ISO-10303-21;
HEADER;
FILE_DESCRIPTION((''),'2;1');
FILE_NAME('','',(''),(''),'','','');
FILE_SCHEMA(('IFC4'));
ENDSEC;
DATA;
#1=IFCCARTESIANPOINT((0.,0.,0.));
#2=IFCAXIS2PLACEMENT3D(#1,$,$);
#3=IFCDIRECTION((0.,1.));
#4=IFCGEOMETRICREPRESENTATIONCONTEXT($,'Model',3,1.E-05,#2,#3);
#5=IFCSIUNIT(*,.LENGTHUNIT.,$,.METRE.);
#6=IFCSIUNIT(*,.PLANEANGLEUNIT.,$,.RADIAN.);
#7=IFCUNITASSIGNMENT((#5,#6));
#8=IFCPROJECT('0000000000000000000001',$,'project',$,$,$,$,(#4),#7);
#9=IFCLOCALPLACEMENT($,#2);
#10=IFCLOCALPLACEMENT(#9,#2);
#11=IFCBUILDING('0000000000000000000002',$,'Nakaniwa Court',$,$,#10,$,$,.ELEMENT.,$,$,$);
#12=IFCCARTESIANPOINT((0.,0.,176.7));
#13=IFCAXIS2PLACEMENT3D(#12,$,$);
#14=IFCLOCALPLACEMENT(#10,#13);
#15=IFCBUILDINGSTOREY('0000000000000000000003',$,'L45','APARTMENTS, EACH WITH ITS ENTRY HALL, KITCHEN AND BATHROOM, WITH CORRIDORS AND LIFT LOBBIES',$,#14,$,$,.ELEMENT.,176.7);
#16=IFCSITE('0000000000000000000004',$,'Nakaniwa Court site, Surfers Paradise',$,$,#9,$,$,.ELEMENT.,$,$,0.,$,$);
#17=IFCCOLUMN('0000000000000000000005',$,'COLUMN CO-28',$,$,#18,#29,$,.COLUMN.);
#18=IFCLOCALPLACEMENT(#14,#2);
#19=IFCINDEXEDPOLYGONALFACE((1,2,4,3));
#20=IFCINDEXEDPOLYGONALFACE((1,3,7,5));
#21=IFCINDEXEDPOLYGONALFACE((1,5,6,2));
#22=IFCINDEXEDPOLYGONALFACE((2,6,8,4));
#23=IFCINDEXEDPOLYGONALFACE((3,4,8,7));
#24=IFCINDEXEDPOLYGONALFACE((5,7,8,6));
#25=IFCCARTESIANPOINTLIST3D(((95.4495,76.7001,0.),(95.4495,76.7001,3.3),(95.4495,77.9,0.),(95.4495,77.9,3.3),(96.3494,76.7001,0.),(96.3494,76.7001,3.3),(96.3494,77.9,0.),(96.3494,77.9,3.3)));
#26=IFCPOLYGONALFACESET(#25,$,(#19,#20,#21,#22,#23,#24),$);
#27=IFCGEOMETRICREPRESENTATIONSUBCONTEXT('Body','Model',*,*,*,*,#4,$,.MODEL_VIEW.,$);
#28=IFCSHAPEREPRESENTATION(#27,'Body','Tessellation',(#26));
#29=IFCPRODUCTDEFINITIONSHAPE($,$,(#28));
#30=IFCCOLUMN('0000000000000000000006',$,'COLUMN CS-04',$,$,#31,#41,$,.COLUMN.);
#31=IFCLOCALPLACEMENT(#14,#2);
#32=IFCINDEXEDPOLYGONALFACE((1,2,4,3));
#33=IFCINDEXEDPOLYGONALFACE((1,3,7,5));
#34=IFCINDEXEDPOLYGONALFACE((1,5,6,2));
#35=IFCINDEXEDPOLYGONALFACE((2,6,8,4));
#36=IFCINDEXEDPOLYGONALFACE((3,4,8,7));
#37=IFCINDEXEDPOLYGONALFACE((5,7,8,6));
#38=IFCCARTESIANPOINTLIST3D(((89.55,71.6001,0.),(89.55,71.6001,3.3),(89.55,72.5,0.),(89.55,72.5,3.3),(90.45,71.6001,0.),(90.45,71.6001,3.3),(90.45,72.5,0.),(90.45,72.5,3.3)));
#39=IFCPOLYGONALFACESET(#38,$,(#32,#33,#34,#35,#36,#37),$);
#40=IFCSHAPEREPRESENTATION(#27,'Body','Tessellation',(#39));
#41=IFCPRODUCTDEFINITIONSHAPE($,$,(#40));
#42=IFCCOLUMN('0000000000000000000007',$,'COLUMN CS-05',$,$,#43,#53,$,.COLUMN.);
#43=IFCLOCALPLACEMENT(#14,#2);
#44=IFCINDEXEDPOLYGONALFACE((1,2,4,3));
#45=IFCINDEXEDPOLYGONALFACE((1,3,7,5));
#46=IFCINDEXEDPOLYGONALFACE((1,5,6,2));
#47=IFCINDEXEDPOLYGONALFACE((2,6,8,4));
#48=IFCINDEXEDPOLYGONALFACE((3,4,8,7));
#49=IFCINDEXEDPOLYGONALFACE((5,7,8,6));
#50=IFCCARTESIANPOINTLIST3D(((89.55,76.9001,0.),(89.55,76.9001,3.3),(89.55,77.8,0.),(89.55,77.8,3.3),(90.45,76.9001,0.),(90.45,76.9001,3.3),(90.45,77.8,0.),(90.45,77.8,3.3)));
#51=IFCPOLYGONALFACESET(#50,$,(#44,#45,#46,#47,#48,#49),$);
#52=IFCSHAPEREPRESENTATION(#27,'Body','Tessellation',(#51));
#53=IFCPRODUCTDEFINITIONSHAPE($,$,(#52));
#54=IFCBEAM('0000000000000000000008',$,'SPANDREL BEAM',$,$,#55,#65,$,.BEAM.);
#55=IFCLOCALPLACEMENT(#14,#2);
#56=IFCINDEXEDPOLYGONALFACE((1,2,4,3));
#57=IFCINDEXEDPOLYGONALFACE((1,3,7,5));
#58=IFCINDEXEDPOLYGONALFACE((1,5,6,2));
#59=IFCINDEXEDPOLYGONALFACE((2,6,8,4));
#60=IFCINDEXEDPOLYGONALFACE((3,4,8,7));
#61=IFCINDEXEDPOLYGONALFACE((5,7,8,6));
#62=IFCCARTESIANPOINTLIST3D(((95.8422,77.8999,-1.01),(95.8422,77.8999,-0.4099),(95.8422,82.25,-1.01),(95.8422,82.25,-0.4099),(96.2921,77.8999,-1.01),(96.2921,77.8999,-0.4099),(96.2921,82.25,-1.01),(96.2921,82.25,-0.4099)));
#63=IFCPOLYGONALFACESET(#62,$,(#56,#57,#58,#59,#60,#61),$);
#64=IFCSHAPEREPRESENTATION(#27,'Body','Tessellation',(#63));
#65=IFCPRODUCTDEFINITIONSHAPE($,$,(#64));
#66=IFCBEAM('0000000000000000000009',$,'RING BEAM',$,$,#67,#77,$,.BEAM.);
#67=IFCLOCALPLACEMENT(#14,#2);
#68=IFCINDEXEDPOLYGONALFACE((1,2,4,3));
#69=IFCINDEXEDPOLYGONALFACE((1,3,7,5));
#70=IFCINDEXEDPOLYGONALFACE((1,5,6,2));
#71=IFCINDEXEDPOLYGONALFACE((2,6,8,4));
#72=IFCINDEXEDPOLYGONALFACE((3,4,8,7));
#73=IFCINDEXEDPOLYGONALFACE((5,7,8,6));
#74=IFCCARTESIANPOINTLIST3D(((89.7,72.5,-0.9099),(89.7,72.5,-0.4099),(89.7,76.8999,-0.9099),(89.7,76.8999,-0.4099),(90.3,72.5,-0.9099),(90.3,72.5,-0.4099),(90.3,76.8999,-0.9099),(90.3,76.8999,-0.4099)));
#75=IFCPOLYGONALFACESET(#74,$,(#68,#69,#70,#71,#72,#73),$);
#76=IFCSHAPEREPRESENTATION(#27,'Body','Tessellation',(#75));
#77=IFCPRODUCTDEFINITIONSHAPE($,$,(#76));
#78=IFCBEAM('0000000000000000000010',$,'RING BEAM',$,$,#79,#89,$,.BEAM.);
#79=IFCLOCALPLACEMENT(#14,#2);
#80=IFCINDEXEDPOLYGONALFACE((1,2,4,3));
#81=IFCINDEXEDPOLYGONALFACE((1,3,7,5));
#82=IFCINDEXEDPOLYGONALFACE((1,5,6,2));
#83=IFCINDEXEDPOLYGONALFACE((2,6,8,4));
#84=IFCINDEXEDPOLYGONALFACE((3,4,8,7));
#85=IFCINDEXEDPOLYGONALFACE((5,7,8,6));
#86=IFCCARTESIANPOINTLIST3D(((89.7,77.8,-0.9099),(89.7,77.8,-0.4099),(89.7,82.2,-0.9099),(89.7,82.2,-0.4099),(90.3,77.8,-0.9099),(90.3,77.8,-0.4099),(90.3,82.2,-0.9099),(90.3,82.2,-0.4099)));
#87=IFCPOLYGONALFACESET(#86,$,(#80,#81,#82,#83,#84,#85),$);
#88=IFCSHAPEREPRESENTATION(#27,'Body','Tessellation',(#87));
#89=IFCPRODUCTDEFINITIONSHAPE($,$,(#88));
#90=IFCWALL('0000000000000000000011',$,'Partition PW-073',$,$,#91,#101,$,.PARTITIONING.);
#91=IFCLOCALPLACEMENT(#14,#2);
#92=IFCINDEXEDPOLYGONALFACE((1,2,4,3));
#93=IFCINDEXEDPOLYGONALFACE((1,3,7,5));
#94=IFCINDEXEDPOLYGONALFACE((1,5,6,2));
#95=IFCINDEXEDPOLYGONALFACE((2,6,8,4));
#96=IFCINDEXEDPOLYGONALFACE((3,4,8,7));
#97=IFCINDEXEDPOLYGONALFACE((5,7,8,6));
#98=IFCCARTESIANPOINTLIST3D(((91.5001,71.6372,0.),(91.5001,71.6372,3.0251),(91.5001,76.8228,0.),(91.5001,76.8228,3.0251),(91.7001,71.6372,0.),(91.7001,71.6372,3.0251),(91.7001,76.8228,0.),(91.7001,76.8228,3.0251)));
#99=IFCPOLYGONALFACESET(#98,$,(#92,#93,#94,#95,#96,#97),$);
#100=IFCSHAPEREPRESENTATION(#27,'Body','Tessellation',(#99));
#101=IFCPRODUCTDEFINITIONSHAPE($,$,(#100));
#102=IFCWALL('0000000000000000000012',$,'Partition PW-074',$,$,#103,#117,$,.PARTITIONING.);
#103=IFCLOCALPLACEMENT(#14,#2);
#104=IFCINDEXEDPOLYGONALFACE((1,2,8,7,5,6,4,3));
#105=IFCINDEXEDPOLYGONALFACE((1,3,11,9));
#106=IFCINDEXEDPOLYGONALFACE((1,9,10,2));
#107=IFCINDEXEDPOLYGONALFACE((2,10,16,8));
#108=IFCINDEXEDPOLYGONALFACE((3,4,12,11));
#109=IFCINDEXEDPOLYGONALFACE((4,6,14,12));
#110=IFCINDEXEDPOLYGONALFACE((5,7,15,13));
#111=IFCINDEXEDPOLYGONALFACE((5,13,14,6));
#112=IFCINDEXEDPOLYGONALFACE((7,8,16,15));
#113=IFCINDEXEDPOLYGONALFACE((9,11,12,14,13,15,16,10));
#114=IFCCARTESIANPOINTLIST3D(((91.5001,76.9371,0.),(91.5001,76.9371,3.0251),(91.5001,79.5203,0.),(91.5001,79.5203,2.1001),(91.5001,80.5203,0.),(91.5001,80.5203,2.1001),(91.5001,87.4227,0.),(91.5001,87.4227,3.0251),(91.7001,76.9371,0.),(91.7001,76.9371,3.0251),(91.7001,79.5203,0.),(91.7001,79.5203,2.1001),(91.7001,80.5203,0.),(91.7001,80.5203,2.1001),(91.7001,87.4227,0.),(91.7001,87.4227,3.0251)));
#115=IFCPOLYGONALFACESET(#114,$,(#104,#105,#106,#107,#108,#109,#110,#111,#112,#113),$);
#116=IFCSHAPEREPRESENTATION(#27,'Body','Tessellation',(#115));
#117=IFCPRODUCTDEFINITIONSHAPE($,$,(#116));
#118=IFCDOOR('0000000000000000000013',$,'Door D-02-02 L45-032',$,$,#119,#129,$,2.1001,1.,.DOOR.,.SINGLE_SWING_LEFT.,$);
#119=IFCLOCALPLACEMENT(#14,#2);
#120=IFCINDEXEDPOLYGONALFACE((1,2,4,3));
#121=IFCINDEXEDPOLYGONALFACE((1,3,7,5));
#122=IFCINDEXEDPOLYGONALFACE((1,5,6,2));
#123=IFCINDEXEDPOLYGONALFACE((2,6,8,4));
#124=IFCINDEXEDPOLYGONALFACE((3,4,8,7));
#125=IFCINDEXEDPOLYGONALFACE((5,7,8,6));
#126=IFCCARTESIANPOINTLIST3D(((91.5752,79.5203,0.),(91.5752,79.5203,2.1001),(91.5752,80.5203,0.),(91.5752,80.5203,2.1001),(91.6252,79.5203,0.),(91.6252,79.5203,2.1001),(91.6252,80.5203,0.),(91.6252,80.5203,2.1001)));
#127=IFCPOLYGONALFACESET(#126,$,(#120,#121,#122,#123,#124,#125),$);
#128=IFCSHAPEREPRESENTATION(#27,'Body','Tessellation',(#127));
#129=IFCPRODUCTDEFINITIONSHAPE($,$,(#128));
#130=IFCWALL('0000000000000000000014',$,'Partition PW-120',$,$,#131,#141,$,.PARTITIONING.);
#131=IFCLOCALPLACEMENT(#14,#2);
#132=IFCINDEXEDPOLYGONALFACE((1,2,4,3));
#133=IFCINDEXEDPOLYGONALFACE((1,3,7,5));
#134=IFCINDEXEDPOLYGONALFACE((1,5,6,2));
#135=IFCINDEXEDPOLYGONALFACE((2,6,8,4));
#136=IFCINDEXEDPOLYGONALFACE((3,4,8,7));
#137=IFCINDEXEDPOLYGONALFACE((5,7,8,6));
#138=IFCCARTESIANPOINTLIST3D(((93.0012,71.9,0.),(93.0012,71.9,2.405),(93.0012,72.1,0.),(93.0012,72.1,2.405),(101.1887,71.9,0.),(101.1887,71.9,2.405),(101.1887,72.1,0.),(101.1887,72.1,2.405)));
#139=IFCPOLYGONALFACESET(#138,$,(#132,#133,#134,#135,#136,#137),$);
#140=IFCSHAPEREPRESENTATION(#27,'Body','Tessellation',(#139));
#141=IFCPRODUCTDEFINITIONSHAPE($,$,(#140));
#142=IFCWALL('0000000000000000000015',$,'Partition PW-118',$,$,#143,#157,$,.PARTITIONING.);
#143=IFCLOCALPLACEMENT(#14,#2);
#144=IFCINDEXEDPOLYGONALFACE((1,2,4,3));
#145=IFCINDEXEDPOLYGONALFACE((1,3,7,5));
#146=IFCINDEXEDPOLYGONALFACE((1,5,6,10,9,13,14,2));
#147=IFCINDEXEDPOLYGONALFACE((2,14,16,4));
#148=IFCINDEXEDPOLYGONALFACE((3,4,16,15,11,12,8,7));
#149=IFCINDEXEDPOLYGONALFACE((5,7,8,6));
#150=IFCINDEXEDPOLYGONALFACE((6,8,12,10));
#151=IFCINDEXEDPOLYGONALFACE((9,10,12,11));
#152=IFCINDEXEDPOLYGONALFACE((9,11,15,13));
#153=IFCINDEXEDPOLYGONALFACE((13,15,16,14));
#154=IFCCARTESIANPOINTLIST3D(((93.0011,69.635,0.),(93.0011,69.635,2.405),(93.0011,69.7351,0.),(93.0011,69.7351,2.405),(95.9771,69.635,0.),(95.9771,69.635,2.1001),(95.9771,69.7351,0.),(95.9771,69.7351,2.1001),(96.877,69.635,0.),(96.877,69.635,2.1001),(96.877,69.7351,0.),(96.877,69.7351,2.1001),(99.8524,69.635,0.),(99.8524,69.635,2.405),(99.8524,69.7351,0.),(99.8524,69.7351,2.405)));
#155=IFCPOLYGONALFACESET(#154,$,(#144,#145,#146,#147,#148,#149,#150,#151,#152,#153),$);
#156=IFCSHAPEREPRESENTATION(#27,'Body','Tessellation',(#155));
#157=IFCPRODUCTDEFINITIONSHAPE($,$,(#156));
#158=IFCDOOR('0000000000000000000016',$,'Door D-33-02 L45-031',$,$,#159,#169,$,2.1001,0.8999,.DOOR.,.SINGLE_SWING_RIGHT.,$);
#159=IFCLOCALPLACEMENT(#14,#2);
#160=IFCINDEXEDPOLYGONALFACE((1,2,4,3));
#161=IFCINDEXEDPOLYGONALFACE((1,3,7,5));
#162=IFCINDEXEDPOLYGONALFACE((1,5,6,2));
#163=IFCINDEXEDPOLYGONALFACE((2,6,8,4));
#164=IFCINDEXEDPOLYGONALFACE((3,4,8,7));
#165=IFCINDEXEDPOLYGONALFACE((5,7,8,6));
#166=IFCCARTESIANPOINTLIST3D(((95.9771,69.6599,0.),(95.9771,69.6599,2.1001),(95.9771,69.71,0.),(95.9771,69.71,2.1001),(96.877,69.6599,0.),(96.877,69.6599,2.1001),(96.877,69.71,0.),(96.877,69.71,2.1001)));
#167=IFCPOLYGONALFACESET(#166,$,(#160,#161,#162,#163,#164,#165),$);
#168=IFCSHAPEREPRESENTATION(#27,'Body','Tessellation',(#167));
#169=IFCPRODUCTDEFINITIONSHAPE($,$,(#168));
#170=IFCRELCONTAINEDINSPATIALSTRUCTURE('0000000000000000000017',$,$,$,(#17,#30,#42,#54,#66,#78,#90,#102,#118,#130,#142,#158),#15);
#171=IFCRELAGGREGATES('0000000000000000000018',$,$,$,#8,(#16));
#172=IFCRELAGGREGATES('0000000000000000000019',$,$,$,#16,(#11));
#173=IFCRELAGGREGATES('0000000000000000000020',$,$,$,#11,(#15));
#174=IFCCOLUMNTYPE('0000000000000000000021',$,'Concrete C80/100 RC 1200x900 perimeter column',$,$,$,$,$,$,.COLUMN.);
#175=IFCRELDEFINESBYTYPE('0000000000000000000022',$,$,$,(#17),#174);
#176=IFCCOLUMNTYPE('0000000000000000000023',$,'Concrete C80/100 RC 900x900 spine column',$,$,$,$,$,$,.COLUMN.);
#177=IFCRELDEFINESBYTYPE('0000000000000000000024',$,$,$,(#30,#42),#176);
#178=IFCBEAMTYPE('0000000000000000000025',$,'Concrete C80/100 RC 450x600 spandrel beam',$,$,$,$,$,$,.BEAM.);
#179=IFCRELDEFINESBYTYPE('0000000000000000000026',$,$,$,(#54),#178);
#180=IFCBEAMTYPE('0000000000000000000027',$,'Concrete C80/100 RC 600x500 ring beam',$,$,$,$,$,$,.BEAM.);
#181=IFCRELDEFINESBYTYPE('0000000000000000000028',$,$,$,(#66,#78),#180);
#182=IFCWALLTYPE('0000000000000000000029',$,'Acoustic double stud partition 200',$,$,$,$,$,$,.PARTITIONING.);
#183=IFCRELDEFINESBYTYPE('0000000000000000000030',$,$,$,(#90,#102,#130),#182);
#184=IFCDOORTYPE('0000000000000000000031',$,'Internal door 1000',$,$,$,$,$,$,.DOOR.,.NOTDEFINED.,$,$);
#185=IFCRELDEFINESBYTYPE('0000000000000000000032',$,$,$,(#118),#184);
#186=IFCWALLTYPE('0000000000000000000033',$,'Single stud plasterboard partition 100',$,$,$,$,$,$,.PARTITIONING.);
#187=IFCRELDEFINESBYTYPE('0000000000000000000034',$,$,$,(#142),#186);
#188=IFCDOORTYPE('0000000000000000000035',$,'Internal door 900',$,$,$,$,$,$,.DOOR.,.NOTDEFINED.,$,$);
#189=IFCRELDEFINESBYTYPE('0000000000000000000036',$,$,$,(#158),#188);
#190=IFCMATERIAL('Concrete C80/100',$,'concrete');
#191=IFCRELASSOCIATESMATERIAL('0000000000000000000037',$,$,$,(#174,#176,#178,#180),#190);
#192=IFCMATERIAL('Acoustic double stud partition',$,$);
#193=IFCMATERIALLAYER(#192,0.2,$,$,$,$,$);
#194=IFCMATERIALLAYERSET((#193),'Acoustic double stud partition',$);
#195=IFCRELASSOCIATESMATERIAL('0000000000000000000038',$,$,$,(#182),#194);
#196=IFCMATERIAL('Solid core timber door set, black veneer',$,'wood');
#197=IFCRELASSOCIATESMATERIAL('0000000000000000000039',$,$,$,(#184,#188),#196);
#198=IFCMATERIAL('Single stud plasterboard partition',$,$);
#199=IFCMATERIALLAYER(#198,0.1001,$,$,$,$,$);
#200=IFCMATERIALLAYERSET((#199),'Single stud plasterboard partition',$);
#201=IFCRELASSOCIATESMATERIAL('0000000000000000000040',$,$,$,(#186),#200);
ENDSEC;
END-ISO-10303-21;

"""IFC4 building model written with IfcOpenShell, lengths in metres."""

from ifc_helpers import new_model, si_unit, direction, frame, frame_2d, origin, origin_2d, place, context, subcontext, project, spatial, rectangle, extrude, material, layer, layer_set, material_profile, profile_set, type_object, element, fill, save


model = new_model("IFC4")

# Units and contexts
model_context = context("Model", 3, precision=1e-05, world=origin(), true_north=direction((0.0, 1.0)))
body_context = subcontext(model_context, "Body", "Model", "MODEL_VIEW")
ifc_project = project(units=[si_unit("LENGTHUNIT", "METRE"), si_unit("PLANEANGLEUNIT", "RADIAN")], contexts=[model_context])

# Site, building, storey
site_placement = place(None, origin())
site = spatial("IfcSite", under=ifc_project, at=site_placement, Name="Nakaniwa Court site, Surfers Paradise", CompositionType="ELEMENT", RefElevation=0.0)
building_placement = place(site_placement, origin())
building = spatial("IfcBuilding", under=site, at=building_placement, Name="Nakaniwa Court", CompositionType="ELEMENT")
storey_placement = place(building_placement, frame((0.0, 0.0, 176.7)))
storey = spatial("IfcBuildingStorey", under=building, at=storey_placement, Name="L45", Description="APARTMENTS, EACH WITH ITS ENTRY HALL, KITCHEN AND BATHROOM, WITH CORRIDORS AND LIFT LOBBIES", CompositionType="ELEMENT", Elevation=176.7)

# Columns
ifc_material_1 = material(Name="Concrete C80/100", Category="concrete")
ifc_material_profile_1 = material_profile(ifc_material_1, rectangle(XDim=1.2, YDim=0.8999, at=origin_2d()), Name="Concrete C80/100 RC 1200x900 perimeter column")
ifc_profile_set_1 = profile_set([ifc_material_profile_1], Name="Concrete C80/100")
column_type_1 = type_object("IfcColumnType", Name="Concrete C80/100 RC 1200x900 perimeter column", PredefinedType="COLUMN", material=ifc_profile_set_1)
column_placement = place(storey_placement, frame((95.8994, 77.3, 0.0), z_axis=(0.0, 0.0, 1.0), x_axis=(0.0, 1.0, 0.0)))
element("IfcColumn", 1, at=column_placement, inside=storey, type_object=column_type_1, Name="COLUMN CO-28", PredefinedType="COLUMN", context=body_context, shape_type="SweptSolid", body=[
    extrude(rectangle(XDim=1.2, YDim=0.8999, at=origin_2d()), origin(), (0.0, 0.0, 1.0), 3.3),
])
ifc_material_profile_2 = material_profile(ifc_material_1, rectangle(XDim=0.8999, YDim=0.8999, at=origin_2d()), Name="Concrete C80/100 RC 900x900 spine column")
ifc_profile_set_2 = profile_set([ifc_material_profile_2], Name="Concrete C80/100")
column_type_2 = type_object("IfcColumnType", Name="Concrete C80/100 RC 900x900 spine column", PredefinedType="COLUMN", material=ifc_profile_set_2)
for number, where, z_axis, x_axis, name in (
    (2, (90.0, 72.05, 0.0), (0.0, 0.0, 1.0), (0.0, 1.0, 0.0), "COLUMN CS-04"),
    (3, (90.0, 77.3501, 0.0), (0.0, 0.0, 1.0), (0.0, 1.0, 0.0), "COLUMN CS-05"),
):
    element("IfcColumn", number, at=place(storey_placement, frame(where, z_axis=z_axis, x_axis=x_axis)), inside=storey, type_object=column_type_2, Name=name, PredefinedType="COLUMN", context=body_context, shape_type="SweptSolid", body=[
        extrude(rectangle(XDim=0.8999, YDim=0.8999, at=origin_2d()), origin(), (0.0, 0.0, 1.0), 3.3),
    ])

# Beams
ifc_material_profile_3 = material_profile(ifc_material_1, rectangle(XDim=0.45, YDim=0.6001, at=origin_2d()), Name="Concrete C80/100 RC 450x600 spandrel beam")
ifc_profile_set_3 = profile_set([ifc_material_profile_3], Name="Concrete C80/100")
beam_type_1 = type_object("IfcBeamType", Name="Concrete C80/100 RC 450x600 spandrel beam", PredefinedType="BEAM", material=ifc_profile_set_3)
beam_placement = place(storey_placement, frame((96.0671, 77.8999, -0.71), z_axis=(0.0, 1.0, 0.0), x_axis=(-1.0, 0.0, 0.0)))
element("IfcBeam", 4, at=beam_placement, inside=storey, type_object=beam_type_1, Name="SPANDREL BEAM", PredefinedType="BEAM", context=body_context, shape_type="SweptSolid", body=[
    extrude(rectangle(XDim=0.45, YDim=0.6001, at=origin_2d()), origin(), (0.0, 0.0, 1.0), 4.3501),
])
ifc_material_profile_4 = material_profile(ifc_material_1, rectangle(XDim=0.6001, YDim=0.5, at=origin_2d()), Name="Concrete C80/100 RC 600x500 ring beam")
ifc_profile_set_4 = profile_set([ifc_material_profile_4], Name="Concrete C80/100")
beam_type_2 = type_object("IfcBeamType", Name="Concrete C80/100 RC 600x500 ring beam", PredefinedType="BEAM", material=ifc_profile_set_4)
for number, where, z_axis, x_axis, name in (
    (5, (90.0, 72.5, -0.6599), (0.0, 1.0, 0.0), (-1.0, 0.0, 0.0), "RING BEAM"),
    (6, (90.0, 77.8, -0.6599), (0.0, 1.0, 0.0), (-1.0, 0.0, 0.0), "RING BEAM"),
):
    element("IfcBeam", number, at=place(storey_placement, frame(where, z_axis=z_axis, x_axis=x_axis)), inside=storey, type_object=beam_type_2, Name=name, PredefinedType="BEAM", context=body_context, shape_type="SweptSolid", body=[
        extrude(rectangle(XDim=0.6001, YDim=0.5, at=origin_2d()), origin(), (0.0, 0.0, 1.0), 4.3999),
    ])

# Wall
ifc_material_2 = material(Name="Acoustic double stud partition")
ifc_layer_1 = layer(ifc_material_2, 0.2)
ifc_layer_set_1 = layer_set([ifc_layer_1], Name="Acoustic double stud partition")
wall_type_1 = type_object("IfcWallType", Name="Acoustic double stud partition 200", PredefinedType="PARTITIONING", material=ifc_layer_set_1)
wall_1_placement = place(storey_placement, frame((91.6001, 71.6372, 0.0), z_axis=(0.0, 0.0, 1.0), x_axis=(0.0, 1.0, 0.0)))
element("IfcWall", 7, at=wall_1_placement, inside=storey, type_object=wall_type_1, Name="Partition PW-073", PredefinedType="PARTITIONING", context=body_context, shape_type="SweptSolid", body=[
    extrude(rectangle(XDim=5.1855, YDim=0.2, at=frame_2d((2.5928, 0.0))), origin(), (0.0, 0.0, 1.0), 3.0251),
])

# Wall, opening, door
wall_2_placement = place(storey_placement, frame((91.6001, 76.9373, 0.0), z_axis=(0.0, 0.0, 1.0), x_axis=(0.0, 1.0, 0.0)))
wall_2 = element("IfcWall", 8, at=wall_2_placement, inside=storey, type_object=wall_type_1, Name="Partition PW-074", PredefinedType="PARTITIONING", context=body_context, shape_type="SweptSolid", body=[
    extrude(rectangle(XDim=10.4856, YDim=0.2, at=frame_2d((5.2427, 0.0))), origin(), (0.0, 0.0, 1.0), 3.0251),
])
opening_1_placement = place(wall_2_placement, frame((2.583, 0.0, 0.0)))
opening_1 = element("IfcOpeningElement", 9, at=opening_1_placement, cuts=wall_2, PredefinedType="OPENING", context=body_context, shape_type="SweptSolid", body=[
    extrude(rectangle(XDim=1.0, YDim=2.1001, at=frame_2d((0.5, 1.05))), frame((0.0, 0.1099, 0.0), z_axis=(0.0, -1.0, 0.0), x_axis=(1.0, 0.0, 0.0)), (0.0, 0.0, 1.0), 0.22),
])
ifc_material_3 = material(Name="Solid core timber door set, black veneer", Category="wood")
door_type_1 = type_object("IfcDoorType", Name="Internal door 1000", OperationType="NOTDEFINED", PredefinedType="DOOR", material=ifc_material_3)
door_1_placement = place(opening_1_placement, origin())
door_1 = element("IfcDoor", 10, at=door_1_placement, inside=storey, type_object=door_type_1, Name="Door D-02-02 L45-032", OperationType="SINGLE_SWING_LEFT", OverallHeight=2.1001, OverallWidth=1.0, PredefinedType="DOOR", context=body_context, shape_type="SweptSolid", body=[
    extrude(rectangle(XDim=1.0, YDim=2.1001, at=frame_2d((0.5, 1.05))), frame((0.0, 0.0249, 0.0), z_axis=(0.0, -1.0, 0.0), x_axis=(1.0, 0.0, 0.0)), (0.0, 0.0, 1.0), 0.05),
])
fill(opening_1, door_1)

# Wall
wall_3_placement = place(storey_placement, frame((93.0012, 72.0, 0.0), z_axis=(0.0, 0.0, 1.0), x_axis=(1.0, 0.0, 0.0)))
element("IfcWall", 11, at=wall_3_placement, inside=storey, type_object=wall_type_1, Name="Partition PW-120", PredefinedType="PARTITIONING", context=body_context, shape_type="SweptSolid", body=[
    extrude(rectangle(XDim=8.1875, YDim=0.2, at=frame_2d((4.0938, 0.0))), origin(), (0.0, 0.0, 1.0), 2.405),
])

# Wall, opening, door
ifc_material_4 = material(Name="Single stud plasterboard partition")
ifc_layer_2 = layer(ifc_material_4, 0.1001)
ifc_layer_set_2 = layer_set([ifc_layer_2], Name="Single stud plasterboard partition")
wall_type_2 = type_object("IfcWallType", Name="Single stud plasterboard partition 100", PredefinedType="PARTITIONING", material=ifc_layer_set_2)
wall_4_placement = place(storey_placement, frame((93.001, 69.6851, 0.0), z_axis=(0.0, 0.0, 1.0), x_axis=(1.0, 0.0, 0.0)))
wall_4 = element("IfcWall", 12, at=wall_4_placement, inside=storey, type_object=wall_type_2, Name="Partition PW-118", PredefinedType="PARTITIONING", context=body_context, shape_type="SweptSolid", body=[
    extrude(rectangle(XDim=6.8513, YDim=0.1001, at=frame_2d((3.4258, 0.0))), origin(), (0.0, 0.0, 1.0), 2.405),
])
opening_2_placement = place(wall_4_placement, frame((2.9761, 0.0, 0.0)))
opening_2 = element("IfcOpeningElement", 13, at=opening_2_placement, cuts=wall_4, PredefinedType="OPENING", context=body_context, shape_type="SweptSolid", body=[
    extrude(rectangle(XDim=0.8999, YDim=2.1001, at=frame_2d((0.45, 1.05))), frame((0.0, 0.0601, 0.0), z_axis=(0.0, -1.0, 0.0), x_axis=(1.0, 0.0, 0.0)), (0.0, 0.0, 1.0), 0.1201),
])
door_type_2 = type_object("IfcDoorType", Name="Internal door 900", OperationType="NOTDEFINED", PredefinedType="DOOR", material=ifc_material_3)
door_2_placement = place(opening_2_placement, origin())
door_2 = element("IfcDoor", 14, at=door_2_placement, inside=storey, type_object=door_type_2, Name="Door D-33-02 L45-031", OperationType="SINGLE_SWING_RIGHT", OverallHeight=2.1001, OverallWidth=0.8999, PredefinedType="DOOR", context=body_context, shape_type="SweptSolid", body=[
    extrude(rectangle(XDim=0.8999, YDim=2.1001, at=frame_2d((0.45, 1.05))), frame((0.0, 0.0249, 0.0), z_axis=(0.0, -1.0, 0.0), x_axis=(1.0, 0.0, 0.0)), (0.0, 0.0, 1.0), 0.05),
])
fill(opening_2, door_2)

save(model, "model.ifc")
